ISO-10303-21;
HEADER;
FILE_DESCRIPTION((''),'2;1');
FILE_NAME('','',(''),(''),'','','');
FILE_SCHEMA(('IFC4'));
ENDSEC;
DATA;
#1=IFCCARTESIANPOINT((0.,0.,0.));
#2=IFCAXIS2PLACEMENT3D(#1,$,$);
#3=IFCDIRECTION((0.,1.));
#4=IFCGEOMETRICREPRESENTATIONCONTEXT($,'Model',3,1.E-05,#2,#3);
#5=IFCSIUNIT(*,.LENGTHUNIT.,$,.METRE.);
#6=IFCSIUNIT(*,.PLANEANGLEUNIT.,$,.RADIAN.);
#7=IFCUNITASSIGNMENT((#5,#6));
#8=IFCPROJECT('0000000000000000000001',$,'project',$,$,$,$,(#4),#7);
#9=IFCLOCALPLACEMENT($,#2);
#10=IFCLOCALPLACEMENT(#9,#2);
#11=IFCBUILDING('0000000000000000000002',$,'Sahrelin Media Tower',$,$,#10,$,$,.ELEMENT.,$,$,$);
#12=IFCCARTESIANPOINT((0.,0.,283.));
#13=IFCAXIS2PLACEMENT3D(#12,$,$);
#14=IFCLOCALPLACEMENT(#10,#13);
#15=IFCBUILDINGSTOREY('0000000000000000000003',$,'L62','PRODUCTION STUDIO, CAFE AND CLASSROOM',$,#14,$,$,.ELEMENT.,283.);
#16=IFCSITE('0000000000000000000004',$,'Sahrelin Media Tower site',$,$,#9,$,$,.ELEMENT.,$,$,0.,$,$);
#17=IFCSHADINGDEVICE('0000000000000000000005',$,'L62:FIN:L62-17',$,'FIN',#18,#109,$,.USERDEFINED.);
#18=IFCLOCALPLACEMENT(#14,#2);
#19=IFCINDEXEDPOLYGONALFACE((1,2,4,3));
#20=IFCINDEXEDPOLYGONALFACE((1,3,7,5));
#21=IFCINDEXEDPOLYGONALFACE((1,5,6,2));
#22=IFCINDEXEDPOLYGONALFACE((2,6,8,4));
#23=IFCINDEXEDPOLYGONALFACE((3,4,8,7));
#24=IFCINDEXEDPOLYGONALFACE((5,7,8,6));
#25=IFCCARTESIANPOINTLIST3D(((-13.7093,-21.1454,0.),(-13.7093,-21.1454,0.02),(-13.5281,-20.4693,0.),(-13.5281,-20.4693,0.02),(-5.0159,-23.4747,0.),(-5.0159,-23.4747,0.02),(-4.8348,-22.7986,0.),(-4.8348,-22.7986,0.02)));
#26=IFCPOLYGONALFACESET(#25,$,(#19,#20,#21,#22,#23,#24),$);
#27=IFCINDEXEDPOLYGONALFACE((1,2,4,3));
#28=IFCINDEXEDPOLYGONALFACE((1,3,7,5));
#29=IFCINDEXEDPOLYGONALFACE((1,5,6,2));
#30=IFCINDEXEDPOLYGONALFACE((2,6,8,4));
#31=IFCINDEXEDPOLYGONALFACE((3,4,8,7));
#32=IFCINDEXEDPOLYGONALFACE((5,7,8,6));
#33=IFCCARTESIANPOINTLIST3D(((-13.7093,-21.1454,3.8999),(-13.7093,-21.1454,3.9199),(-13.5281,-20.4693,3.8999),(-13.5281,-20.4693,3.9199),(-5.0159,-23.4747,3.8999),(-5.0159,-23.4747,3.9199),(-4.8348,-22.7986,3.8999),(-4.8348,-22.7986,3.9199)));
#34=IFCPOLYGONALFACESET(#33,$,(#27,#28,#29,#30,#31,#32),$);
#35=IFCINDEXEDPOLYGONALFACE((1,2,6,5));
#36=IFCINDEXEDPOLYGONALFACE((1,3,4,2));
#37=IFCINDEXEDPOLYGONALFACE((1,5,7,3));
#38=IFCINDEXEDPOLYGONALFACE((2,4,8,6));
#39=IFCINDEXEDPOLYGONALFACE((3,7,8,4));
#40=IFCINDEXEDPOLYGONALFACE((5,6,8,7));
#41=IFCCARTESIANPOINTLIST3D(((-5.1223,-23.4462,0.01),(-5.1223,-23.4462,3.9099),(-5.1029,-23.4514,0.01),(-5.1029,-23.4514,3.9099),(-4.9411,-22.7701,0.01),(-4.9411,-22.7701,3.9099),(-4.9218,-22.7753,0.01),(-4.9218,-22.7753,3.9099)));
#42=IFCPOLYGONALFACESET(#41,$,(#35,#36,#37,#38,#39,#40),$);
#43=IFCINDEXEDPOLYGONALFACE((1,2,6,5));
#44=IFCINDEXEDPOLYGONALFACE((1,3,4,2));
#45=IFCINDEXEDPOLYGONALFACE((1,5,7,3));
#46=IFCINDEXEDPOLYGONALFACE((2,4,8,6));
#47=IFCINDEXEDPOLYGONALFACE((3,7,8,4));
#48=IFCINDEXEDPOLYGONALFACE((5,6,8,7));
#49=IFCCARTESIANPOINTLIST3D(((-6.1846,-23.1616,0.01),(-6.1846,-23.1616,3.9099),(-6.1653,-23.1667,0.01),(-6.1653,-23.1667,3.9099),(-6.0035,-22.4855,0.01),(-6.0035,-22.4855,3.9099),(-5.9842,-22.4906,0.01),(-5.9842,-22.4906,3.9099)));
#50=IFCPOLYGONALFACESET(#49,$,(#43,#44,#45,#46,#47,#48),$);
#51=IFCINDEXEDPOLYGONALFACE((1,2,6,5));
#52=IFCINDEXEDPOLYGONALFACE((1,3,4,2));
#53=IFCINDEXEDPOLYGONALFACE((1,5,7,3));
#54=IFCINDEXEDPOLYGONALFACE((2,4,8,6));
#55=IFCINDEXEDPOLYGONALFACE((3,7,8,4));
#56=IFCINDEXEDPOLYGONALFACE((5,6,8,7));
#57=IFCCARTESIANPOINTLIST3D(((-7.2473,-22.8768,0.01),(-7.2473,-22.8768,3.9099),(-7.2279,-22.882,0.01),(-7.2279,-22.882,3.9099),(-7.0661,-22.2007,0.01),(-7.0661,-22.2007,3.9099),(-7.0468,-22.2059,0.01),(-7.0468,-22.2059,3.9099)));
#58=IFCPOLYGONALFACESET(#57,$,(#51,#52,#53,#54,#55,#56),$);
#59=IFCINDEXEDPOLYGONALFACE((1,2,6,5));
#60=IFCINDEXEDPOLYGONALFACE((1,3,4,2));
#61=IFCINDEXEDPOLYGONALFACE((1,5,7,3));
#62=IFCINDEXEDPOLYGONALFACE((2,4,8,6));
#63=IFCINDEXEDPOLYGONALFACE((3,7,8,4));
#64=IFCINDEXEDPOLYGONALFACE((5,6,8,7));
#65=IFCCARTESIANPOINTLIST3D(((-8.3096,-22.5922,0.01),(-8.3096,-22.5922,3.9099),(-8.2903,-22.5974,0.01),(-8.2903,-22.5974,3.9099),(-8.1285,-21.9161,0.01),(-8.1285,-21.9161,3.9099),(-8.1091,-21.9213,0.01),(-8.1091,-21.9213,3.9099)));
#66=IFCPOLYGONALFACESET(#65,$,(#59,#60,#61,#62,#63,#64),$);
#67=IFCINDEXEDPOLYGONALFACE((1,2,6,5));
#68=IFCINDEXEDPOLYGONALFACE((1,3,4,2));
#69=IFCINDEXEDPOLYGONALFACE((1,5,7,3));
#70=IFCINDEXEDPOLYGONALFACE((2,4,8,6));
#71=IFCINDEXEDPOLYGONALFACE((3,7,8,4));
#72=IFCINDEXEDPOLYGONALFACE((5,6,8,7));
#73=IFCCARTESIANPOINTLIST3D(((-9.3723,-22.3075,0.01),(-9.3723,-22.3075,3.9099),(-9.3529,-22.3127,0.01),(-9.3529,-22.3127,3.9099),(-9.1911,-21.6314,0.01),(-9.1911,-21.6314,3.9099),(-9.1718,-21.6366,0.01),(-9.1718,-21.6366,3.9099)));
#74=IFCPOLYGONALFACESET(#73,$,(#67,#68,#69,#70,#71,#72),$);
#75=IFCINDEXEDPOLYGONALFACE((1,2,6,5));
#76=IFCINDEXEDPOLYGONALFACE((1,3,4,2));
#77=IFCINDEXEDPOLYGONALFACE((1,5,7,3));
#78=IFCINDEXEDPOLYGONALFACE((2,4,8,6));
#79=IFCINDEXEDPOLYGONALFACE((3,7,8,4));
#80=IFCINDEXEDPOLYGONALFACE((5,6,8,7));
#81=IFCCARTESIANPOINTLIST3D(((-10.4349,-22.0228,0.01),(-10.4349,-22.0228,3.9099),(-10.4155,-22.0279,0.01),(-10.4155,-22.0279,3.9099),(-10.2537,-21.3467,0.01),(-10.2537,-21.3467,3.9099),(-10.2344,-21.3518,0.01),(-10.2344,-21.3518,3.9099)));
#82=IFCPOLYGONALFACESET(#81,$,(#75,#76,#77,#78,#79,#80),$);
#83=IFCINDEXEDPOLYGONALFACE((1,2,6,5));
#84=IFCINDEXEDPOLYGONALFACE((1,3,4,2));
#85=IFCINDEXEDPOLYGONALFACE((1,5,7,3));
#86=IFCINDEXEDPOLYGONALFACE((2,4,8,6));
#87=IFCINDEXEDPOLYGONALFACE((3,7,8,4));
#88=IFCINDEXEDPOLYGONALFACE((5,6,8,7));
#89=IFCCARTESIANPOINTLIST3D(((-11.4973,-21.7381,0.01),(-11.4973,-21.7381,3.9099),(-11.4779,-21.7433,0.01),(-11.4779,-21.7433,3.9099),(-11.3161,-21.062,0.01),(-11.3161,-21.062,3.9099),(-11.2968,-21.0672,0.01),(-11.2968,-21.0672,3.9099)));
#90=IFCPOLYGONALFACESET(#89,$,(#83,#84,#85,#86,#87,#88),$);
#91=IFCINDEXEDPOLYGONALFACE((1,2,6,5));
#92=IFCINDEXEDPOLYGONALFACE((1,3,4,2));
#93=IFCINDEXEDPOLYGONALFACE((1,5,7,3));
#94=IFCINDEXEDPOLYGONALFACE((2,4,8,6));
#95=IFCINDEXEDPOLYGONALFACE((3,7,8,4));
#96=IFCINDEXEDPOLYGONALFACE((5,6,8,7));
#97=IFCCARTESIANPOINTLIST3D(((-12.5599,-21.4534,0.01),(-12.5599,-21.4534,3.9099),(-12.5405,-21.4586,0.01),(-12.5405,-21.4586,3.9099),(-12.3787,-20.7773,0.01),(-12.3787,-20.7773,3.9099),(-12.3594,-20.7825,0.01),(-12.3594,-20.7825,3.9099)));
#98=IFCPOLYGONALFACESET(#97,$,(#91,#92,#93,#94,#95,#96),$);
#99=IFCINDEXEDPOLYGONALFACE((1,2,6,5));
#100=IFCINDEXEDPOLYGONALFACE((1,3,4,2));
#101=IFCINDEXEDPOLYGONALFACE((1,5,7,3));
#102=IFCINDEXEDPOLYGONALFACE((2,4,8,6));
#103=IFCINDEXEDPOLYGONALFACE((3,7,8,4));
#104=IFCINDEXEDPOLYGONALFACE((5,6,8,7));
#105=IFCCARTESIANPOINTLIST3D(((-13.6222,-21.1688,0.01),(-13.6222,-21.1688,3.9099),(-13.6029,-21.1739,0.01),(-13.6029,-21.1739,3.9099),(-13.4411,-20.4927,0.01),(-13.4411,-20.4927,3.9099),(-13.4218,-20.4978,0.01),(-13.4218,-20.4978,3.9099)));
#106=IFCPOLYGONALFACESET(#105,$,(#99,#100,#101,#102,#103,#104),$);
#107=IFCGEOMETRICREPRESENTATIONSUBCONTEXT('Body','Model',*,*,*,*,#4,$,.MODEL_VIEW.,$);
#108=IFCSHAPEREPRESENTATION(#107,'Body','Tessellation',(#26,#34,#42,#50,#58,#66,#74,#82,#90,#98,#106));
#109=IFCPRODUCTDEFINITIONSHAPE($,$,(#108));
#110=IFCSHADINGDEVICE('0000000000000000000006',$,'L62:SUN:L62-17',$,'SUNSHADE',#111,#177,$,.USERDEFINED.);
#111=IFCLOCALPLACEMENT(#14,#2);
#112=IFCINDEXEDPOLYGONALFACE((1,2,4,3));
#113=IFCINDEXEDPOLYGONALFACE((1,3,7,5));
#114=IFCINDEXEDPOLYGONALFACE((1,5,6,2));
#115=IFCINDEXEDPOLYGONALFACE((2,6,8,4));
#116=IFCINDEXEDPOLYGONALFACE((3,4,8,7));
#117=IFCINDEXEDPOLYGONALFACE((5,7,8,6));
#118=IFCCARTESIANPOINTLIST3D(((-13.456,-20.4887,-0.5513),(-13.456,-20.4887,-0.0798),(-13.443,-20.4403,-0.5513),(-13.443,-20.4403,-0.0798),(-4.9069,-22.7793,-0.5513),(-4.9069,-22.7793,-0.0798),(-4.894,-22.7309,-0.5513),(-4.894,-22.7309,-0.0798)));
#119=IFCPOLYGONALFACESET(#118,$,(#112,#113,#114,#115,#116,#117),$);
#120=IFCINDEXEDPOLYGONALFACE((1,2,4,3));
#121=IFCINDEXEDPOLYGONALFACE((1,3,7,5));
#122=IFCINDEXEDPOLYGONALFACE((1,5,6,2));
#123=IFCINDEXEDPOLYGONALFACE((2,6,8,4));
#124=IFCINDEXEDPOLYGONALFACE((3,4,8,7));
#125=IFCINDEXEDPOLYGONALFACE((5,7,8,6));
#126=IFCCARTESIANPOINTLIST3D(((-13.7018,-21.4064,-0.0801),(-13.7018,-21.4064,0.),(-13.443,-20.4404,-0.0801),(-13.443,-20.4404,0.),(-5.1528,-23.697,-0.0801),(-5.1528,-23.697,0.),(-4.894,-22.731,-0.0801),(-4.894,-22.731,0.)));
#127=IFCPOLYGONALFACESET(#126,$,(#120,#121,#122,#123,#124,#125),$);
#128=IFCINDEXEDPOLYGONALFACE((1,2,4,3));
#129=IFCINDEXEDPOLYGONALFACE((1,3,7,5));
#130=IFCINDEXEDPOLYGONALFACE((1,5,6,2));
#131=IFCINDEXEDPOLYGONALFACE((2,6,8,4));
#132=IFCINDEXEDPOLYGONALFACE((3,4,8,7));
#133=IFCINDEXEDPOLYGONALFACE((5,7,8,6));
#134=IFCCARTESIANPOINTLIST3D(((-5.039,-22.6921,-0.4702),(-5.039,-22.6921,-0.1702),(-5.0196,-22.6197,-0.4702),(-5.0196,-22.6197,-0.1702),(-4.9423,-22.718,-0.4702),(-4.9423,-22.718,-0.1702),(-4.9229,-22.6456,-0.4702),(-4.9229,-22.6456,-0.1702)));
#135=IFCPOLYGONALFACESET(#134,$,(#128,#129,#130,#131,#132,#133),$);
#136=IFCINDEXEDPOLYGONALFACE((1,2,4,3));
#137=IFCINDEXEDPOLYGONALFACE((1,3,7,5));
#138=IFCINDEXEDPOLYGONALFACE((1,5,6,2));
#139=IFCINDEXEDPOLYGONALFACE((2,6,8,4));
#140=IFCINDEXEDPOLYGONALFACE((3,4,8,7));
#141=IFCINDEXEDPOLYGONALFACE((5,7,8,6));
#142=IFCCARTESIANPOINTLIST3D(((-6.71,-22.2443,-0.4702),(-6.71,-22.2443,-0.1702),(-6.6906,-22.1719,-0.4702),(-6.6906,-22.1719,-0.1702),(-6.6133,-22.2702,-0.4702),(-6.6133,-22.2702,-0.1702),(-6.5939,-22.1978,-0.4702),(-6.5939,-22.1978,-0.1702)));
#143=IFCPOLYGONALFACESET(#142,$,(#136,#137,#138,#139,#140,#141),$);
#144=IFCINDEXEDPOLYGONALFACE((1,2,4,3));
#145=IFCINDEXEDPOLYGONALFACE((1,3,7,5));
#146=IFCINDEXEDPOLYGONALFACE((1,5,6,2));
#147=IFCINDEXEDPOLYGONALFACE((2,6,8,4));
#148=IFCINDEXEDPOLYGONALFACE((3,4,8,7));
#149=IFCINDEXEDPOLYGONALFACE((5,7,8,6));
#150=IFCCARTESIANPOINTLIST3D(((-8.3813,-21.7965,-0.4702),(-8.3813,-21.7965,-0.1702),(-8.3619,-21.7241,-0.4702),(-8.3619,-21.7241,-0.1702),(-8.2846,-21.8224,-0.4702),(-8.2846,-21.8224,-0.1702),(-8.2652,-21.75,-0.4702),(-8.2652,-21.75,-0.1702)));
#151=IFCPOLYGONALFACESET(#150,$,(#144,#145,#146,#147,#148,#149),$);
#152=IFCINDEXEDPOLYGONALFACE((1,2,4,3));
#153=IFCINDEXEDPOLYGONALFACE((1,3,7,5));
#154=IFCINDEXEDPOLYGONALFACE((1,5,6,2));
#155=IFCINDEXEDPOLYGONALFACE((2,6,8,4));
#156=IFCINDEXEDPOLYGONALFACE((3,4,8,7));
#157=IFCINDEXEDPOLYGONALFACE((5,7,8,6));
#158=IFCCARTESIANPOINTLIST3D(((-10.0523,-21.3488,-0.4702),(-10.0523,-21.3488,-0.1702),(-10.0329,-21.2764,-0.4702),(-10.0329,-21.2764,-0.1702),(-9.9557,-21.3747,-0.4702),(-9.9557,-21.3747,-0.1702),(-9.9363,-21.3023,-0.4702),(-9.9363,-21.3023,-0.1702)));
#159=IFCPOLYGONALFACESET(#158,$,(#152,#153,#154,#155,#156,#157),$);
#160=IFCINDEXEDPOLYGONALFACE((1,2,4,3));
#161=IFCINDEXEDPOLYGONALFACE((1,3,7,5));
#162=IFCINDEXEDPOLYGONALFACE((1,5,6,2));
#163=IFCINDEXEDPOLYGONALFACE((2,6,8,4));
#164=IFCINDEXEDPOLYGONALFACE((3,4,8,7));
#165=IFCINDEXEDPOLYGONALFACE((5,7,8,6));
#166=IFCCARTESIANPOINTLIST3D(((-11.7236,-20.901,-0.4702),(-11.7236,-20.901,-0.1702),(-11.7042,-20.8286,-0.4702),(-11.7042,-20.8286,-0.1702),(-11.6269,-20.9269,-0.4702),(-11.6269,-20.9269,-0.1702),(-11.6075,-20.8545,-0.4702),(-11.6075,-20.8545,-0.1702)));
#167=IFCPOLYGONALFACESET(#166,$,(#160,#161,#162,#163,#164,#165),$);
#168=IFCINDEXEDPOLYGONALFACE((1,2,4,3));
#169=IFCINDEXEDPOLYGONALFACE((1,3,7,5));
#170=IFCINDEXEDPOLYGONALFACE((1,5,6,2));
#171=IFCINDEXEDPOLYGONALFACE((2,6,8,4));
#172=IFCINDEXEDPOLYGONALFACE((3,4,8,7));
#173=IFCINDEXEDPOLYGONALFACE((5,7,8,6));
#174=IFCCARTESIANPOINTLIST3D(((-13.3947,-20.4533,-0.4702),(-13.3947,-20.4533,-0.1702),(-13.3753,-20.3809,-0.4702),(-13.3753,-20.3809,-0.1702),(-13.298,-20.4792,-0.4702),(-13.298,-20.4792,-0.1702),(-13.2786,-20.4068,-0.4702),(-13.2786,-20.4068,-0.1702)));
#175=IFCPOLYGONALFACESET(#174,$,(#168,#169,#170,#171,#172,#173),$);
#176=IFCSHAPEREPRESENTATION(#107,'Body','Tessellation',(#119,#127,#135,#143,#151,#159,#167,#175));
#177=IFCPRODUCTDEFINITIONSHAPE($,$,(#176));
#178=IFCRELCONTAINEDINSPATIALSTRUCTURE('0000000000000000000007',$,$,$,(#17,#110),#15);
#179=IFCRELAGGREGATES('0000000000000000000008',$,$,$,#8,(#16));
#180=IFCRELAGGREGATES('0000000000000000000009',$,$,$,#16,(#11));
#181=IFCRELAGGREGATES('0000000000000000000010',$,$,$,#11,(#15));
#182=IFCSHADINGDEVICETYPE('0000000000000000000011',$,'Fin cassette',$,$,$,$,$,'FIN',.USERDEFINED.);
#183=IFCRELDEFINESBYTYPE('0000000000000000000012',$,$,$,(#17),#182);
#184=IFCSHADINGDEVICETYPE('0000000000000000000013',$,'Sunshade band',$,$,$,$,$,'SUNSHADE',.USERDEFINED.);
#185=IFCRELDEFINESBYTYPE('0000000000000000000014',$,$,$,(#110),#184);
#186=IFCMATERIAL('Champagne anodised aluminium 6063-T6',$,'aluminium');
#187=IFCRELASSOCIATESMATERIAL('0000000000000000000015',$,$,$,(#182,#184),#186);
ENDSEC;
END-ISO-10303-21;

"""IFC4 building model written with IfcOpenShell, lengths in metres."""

from ifc_helpers import new_model, si_unit, direction, frame, origin, origin_2d, place, context, subcontext, project, spatial, rectangle, extrude, material, type_object, element, save


model = new_model("IFC4")

# Units and contexts
model_context = context("Model", 3, precision=1e-05, world=origin(), true_north=direction((0.0, 1.0)))
body_context = subcontext(model_context, "Body", "Model", "MODEL_VIEW")
ifc_project = project(units=[si_unit("LENGTHUNIT", "METRE"), si_unit("PLANEANGLEUNIT", "RADIAN")], contexts=[model_context])

# Site, building, storey
site_placement = place(None, origin())
site = spatial("IfcSite", under=ifc_project, at=site_placement, Name="Sahrelin Media Tower site", CompositionType="ELEMENT", RefElevation=0.0)
building_placement = place(site_placement, origin())
building = spatial("IfcBuilding", under=site, at=building_placement, Name="Sahrelin Media Tower", CompositionType="ELEMENT")
storey_placement = place(building_placement, frame((0.0, 0.0, 283.0)))
storey = spatial("IfcBuildingStorey", under=building, at=storey_placement, Name="L62", Description="PRODUCTION STUDIO, CAFE AND CLASSROOM", CompositionType="ELEMENT", Elevation=283.0)

# Shared definitions
ifc_material_1 = material(Name="Champagne anodised aluminium 6063-T6", Category="aluminium")

# Shading devices
shading_device_type_1 = type_object("IfcShadingDeviceType", Name="Fin cassette", ElementType="FIN", PredefinedType="USERDEFINED", material=ifc_material_1)
placement = place(storey_placement, frame((-9.1633, -21.5664, 0.0), z_axis=(0.0, 0.0, 1.0), x_axis=(-0.965929, 0.258808, 0.0)))
element("IfcShadingDevice", 1, at=placement, inside=storey, type_object=shading_device_type_1, Name="L62:FIN:L62-17", ObjectType="FIN", PredefinedType="USERDEFINED", context=body_context, shape_type="SweptSolid", body=[
    extrude(rectangle(XDim=9.0, YDim=0.7, at=origin_2d()), frame((0.0, 0.4199, 0.0)), (0.0, 0.0, 1.0), 0.02),
    extrude(rectangle(XDim=9.0, YDim=0.7, at=origin_2d()), frame((0.0, 0.4199, 3.8999)), (0.0, 0.0, 1.0), 0.02),
    extrude(rectangle(XDim=0.02, YDim=0.7, at=origin_2d()), frame((-4.3999, 0.4199, 0.01), z_axis=(0.0, 0.0, 1.0), x_axis=(1.0, 0.0, 0.0)), (0.0, 0.0, 1.0), 3.8999),
    extrude(rectangle(XDim=0.02, YDim=0.7, at=origin_2d()), frame((-3.3, 0.4199, 0.01), z_axis=(0.0, 0.0, 1.0), x_axis=(1.0, 0.0, 0.0)), (0.0, 0.0, 1.0), 3.8999),
    extrude(rectangle(XDim=0.02, YDim=0.7, at=origin_2d()), frame((-2.2, 0.4199, 0.01), z_axis=(0.0, 0.0, 1.0), x_axis=(1.0, 0.0, 0.0)), (0.0, 0.0, 1.0), 3.8999),
    extrude(rectangle(XDim=0.02, YDim=0.7, at=origin_2d()), frame((-1.1001, 0.4199, 0.01), z_axis=(0.0, 0.0, 1.0), x_axis=(1.0, 0.0, 0.0)), (0.0, 0.0, 1.0), 3.8999),
    extrude(rectangle(XDim=0.02, YDim=0.7, at=origin_2d()), frame((0.0, 0.4199, 0.01), z_axis=(0.0, 0.0, 1.0), x_axis=(1.0, 0.0, 0.0)), (0.0, 0.0, 1.0), 3.8999),
    extrude(rectangle(XDim=0.02, YDim=0.7, at=origin_2d()), frame((1.1001, 0.4199, 0.01), z_axis=(0.0, 0.0, 1.0), x_axis=(1.0, 0.0, 0.0)), (0.0, 0.0, 1.0), 3.8999),
    extrude(rectangle(XDim=0.02, YDim=0.7, at=origin_2d()), frame((2.2, 0.4199, 0.01), z_axis=(0.0, 0.0, 1.0), x_axis=(1.0, 0.0, 0.0)), (0.0, 0.0, 1.0), 3.8999),
    extrude(rectangle(XDim=0.02, YDim=0.7, at=origin_2d()), frame((3.3, 0.4199, 0.01), z_axis=(0.0, 0.0, 1.0), x_axis=(1.0, 0.0, 0.0)), (0.0, 0.0, 1.0), 3.8999),
    extrude(rectangle(XDim=0.02, YDim=0.7, at=origin_2d()), frame((4.3999, 0.4199, 0.01), z_axis=(0.0, 0.0, 1.0), x_axis=(1.0, 0.0, 0.0)), (0.0, 0.0, 1.0), 3.8999),
])
shading_device_type_2 = type_object("IfcShadingDeviceType", Name="Sunshade band", ElementType="SUNSHADE", PredefinedType="USERDEFINED", material=ifc_material_1)
element("IfcShadingDevice", 2, at=placement, inside=storey, type_object=shading_device_type_2, Name="L62:SUN:L62-17", ObjectType="SUNSHADE", PredefinedType="USERDEFINED", context=body_context, shape_type="SweptSolid", body=[
    extrude(rectangle(XDim=8.8506, YDim=0.05, at=origin_2d()), frame((0.0, 0.0449, -0.5513)), (0.0, 0.0, 1.0), 0.4714),
    extrude(rectangle(XDim=8.8506, YDim=1.0, at=origin_2d()), frame((0.0, 0.52, -0.0801)), (0.0, 0.0, 1.0), 0.0801),
    extrude(rectangle(XDim=0.1001, YDim=0.075, at=origin_2d()), frame((-4.3252, -0.0176, -0.4702)), (0.0, 0.0, 1.0), 0.3),
    extrude(rectangle(XDim=0.1001, YDim=0.075, at=origin_2d()), frame((-2.5952, -0.0176, -0.4702)), (0.0, 0.0, 1.0), 0.3),
    extrude(rectangle(XDim=0.1001, YDim=0.075, at=origin_2d()), frame((-0.865, -0.0176, -0.4702)), (0.0, 0.0, 1.0), 0.3),
    extrude(rectangle(XDim=0.1001, YDim=0.075, at=origin_2d()), frame((0.865, -0.0176, -0.4702)), (0.0, 0.0, 1.0), 0.3),
    extrude(rectangle(XDim=0.1001, YDim=0.075, at=origin_2d()), frame((2.5952, -0.0176, -0.4702)), (0.0, 0.0, 1.0), 0.3),
    extrude(rectangle(XDim=0.1001, YDim=0.075, at=origin_2d()), frame((4.3252, -0.0176, -0.4702)), (0.0, 0.0, 1.0), 0.3),
])

save(model, "model.ifc")
